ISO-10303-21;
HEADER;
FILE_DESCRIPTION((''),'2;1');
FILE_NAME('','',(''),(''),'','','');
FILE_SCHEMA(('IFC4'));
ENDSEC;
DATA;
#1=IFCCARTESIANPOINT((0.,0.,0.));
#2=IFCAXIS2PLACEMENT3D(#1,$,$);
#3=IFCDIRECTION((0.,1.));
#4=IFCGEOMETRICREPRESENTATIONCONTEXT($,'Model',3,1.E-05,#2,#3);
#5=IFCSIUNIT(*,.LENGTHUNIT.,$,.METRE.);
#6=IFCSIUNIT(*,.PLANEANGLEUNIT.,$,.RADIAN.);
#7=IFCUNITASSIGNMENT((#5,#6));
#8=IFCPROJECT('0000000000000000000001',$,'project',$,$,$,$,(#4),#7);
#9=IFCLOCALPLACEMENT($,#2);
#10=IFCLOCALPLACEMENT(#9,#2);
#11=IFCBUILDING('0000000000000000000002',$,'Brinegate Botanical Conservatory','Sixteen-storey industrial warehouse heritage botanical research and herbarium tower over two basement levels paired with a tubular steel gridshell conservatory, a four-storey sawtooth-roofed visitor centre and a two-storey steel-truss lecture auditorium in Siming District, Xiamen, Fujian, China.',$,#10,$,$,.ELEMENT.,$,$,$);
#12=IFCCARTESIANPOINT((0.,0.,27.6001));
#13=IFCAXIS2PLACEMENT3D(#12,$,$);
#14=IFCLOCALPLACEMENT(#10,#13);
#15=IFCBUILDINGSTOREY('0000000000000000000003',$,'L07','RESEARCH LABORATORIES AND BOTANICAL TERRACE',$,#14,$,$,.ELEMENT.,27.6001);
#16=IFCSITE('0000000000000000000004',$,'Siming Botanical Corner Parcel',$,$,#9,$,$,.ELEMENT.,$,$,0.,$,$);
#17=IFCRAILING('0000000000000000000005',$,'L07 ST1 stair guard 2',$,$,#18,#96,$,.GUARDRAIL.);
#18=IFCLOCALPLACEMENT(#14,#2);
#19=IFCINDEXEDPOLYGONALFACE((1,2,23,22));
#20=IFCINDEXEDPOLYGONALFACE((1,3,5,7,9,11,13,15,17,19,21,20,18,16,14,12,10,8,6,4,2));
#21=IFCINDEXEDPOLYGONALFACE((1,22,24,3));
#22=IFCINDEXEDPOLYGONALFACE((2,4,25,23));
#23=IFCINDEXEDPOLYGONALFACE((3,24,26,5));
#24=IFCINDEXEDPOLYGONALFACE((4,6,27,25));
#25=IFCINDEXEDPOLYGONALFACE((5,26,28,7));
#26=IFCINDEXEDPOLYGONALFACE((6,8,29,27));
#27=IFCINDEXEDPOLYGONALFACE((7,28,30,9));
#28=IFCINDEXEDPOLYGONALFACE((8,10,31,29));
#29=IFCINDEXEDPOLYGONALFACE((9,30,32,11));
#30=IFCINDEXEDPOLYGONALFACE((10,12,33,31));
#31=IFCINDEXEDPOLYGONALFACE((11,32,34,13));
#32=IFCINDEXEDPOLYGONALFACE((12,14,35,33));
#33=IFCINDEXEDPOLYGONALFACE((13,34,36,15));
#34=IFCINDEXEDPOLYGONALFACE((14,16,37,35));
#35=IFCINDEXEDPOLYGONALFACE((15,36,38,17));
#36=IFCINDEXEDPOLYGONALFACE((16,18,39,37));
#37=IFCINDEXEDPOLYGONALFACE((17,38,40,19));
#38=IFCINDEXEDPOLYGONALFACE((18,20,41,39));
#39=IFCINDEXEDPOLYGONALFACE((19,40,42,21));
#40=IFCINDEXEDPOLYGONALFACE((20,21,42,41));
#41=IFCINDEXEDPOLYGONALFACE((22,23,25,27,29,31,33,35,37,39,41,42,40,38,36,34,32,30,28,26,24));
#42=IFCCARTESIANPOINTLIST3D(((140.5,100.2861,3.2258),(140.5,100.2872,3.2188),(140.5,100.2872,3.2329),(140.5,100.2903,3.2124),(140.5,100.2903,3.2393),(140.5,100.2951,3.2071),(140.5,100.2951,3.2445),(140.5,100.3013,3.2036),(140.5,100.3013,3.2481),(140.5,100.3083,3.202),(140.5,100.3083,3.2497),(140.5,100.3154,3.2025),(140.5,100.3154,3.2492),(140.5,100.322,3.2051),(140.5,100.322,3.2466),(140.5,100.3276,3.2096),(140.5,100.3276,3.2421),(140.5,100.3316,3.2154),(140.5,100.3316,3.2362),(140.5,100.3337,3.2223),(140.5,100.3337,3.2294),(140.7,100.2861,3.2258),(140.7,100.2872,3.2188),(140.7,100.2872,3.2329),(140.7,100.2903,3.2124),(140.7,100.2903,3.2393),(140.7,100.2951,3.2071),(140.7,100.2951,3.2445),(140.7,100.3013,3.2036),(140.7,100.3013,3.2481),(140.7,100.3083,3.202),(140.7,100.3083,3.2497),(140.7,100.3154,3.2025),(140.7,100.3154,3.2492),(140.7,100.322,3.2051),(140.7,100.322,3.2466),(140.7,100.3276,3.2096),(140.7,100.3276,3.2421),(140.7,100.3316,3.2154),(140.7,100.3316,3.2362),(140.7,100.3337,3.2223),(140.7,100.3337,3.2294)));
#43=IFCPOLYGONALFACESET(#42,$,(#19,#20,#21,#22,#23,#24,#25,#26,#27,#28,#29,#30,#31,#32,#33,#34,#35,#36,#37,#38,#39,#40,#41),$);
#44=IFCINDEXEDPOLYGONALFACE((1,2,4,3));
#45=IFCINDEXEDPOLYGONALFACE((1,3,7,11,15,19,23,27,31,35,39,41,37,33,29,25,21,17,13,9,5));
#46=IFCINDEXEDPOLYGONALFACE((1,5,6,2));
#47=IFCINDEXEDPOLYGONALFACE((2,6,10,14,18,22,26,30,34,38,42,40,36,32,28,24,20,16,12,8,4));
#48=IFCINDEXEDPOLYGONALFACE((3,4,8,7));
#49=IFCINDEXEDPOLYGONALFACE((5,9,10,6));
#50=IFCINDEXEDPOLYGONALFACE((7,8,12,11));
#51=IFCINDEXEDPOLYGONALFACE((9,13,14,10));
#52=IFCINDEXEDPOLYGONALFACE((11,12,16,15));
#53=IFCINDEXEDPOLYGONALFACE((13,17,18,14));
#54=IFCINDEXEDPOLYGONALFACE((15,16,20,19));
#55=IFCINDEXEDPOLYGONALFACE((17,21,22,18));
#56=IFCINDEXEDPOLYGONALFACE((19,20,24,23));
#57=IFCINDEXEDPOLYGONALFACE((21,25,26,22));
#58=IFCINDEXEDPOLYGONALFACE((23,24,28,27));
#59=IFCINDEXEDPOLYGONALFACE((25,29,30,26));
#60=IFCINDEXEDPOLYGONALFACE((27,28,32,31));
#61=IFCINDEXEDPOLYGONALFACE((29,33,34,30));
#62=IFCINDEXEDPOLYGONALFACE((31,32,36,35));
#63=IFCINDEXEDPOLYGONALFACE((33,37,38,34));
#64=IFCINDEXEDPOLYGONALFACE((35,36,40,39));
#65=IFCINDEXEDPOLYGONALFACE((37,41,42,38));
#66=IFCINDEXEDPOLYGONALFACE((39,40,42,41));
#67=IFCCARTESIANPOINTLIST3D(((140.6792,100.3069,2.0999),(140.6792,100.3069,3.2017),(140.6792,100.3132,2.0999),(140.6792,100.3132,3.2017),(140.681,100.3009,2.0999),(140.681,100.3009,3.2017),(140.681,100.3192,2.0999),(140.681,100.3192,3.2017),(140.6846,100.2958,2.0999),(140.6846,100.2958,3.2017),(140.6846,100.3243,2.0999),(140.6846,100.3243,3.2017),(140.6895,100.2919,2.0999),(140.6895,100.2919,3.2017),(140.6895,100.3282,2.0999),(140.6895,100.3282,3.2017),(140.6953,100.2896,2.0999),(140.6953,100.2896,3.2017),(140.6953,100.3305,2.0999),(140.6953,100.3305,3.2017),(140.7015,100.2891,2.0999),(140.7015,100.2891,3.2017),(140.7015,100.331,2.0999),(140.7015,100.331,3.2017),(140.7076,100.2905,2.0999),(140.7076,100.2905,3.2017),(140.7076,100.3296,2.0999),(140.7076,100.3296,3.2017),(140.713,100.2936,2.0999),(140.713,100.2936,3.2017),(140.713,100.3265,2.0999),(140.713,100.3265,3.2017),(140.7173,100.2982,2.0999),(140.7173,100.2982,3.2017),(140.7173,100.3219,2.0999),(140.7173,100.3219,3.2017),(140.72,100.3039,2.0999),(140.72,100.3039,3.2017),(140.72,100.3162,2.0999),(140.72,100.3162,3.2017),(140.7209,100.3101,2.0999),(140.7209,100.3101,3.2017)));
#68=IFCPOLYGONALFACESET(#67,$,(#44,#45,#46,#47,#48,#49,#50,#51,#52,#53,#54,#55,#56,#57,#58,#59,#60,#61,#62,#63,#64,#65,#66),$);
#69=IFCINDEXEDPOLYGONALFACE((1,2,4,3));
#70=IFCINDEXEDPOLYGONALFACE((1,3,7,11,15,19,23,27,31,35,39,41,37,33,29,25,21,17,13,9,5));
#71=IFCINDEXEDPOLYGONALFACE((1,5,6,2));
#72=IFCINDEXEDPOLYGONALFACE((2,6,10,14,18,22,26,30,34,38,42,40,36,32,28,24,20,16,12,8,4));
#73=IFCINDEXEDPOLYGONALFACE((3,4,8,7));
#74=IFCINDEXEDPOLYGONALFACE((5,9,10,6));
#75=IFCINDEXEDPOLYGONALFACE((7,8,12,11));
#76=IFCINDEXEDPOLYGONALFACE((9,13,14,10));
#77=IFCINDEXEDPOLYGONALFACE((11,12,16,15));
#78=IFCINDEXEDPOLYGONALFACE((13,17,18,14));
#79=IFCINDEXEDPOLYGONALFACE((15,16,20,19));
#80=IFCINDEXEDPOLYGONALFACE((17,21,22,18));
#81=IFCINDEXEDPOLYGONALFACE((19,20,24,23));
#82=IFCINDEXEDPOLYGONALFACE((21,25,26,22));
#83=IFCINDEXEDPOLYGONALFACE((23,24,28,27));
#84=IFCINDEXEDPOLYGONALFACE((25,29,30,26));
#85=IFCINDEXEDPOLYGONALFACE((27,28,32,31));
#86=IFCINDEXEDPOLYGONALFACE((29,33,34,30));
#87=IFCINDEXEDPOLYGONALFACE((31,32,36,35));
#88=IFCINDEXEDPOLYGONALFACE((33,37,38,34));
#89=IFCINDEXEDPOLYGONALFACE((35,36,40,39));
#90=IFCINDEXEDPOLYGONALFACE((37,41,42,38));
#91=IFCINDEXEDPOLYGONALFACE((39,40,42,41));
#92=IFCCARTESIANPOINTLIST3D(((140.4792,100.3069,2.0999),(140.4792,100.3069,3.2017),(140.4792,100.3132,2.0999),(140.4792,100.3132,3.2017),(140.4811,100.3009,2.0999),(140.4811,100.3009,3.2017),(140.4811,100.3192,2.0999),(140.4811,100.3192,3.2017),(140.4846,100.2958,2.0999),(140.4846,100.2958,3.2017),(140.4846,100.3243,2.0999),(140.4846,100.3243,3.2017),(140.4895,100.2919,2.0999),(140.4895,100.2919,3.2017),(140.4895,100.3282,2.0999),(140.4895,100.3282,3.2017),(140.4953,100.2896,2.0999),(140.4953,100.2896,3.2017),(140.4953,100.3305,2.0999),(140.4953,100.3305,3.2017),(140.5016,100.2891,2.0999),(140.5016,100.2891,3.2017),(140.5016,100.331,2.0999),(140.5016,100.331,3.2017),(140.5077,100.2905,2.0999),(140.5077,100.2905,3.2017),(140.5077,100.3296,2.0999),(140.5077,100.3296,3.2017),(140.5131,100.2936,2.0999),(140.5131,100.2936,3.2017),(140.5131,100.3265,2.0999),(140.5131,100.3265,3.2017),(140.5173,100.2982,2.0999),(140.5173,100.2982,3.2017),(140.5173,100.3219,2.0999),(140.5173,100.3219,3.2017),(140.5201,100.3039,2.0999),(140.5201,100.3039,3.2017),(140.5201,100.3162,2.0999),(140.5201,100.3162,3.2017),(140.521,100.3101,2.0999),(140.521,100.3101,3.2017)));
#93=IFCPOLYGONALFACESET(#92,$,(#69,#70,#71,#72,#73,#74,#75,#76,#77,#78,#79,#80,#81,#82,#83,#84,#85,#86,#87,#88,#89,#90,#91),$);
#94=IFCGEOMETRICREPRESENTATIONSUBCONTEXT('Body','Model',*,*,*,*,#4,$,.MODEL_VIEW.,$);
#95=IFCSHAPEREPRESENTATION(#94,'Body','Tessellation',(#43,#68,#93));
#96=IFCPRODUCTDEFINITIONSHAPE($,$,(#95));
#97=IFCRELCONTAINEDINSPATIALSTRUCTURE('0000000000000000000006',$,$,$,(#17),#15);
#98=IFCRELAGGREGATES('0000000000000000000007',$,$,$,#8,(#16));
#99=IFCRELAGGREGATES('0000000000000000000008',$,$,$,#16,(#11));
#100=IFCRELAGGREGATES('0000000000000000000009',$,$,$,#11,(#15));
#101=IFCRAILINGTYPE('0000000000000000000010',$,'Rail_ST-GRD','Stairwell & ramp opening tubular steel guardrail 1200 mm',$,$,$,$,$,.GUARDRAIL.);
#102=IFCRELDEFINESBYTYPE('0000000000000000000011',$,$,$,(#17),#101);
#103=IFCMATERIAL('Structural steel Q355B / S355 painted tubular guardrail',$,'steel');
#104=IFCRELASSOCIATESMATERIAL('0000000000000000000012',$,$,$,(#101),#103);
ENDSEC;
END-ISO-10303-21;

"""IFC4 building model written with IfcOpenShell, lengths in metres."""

from ifc_helpers import new_model, si_unit, direction, frame, origin, origin_2d, place, context, subcontext, project, spatial, circle, extrude, material, type_object, element, save


model = new_model("IFC4")

# Units and contexts
model_context = context("Model", 3, precision=1e-05, world=origin(), true_north=direction((0.0, 1.0)))
body_context = subcontext(model_context, "Body", "Model", "MODEL_VIEW")
ifc_project = project(units=[si_unit("LENGTHUNIT", "METRE"), si_unit("PLANEANGLEUNIT", "RADIAN")], contexts=[model_context])

# Site, building, storey
site_placement = place(None, origin())
site = spatial("IfcSite", under=ifc_project, at=site_placement, Name="Siming Botanical Corner Parcel", CompositionType="ELEMENT", RefElevation=0.0)
building_placement = place(site_placement, origin())
building = spatial("IfcBuilding", under=site, at=building_placement, Name="Brinegate Botanical Conservatory", Description="Sixteen-storey industrial warehouse heritage botanical research and herbarium tower over two basement levels paired with a tubular steel gridshell conservatory, a four-storey sawtooth-roofed visitor centre and a two-storey steel-truss lecture auditorium in Siming District, Xiamen, Fujian, China.", CompositionType="ELEMENT")
storey_placement = place(building_placement, frame((0.0, 0.0, 27.6001)))
storey = spatial("IfcBuildingStorey", under=building, at=storey_placement, Name="L07", Description="RESEARCH LABORATORIES AND BOTANICAL TERRACE", CompositionType="ELEMENT", Elevation=27.6001)

# Railing
ifc_material_1 = material(Name="Structural steel Q355B / S355 painted tubular guardrail", Category="steel")
railing_type_1 = type_object("IfcRailingType", Name="Rail_ST-GRD", Description="Stairwell & ramp opening tubular steel guardrail 1200 mm", PredefinedType="GUARDRAIL", material=ifc_material_1)
railing_1_placement = place(storey_placement, frame((140.7, 100.3101, 2.0999)))
element("IfcRailing", 1, at=railing_1_placement, inside=storey, type_object=railing_type_1, Name="L07 ST1 stair guard 2", PredefinedType="GUARDRAIL", context=body_context, shape_type="SweptSolid", body=[
    extrude(circle(Radius=0.0239, at=origin_2d()), frame((0.0, 0.0, 1.126), z_axis=(-1.0, 0.0, 0.0), x_axis=(0.0, -1.0, 0.0)), (0.0, 0.0, 1.0), 0.2),
    extrude(circle(Radius=0.021, at=origin_2d()), origin(), (0.0, 0.0, 1.0), 1.1018),
    extrude(circle(Radius=0.021, at=origin_2d()), frame((-0.2, 0.0, 0.0)), (0.0, 0.0, 1.0), 1.1018),
])

save(model, "model.ifc")
